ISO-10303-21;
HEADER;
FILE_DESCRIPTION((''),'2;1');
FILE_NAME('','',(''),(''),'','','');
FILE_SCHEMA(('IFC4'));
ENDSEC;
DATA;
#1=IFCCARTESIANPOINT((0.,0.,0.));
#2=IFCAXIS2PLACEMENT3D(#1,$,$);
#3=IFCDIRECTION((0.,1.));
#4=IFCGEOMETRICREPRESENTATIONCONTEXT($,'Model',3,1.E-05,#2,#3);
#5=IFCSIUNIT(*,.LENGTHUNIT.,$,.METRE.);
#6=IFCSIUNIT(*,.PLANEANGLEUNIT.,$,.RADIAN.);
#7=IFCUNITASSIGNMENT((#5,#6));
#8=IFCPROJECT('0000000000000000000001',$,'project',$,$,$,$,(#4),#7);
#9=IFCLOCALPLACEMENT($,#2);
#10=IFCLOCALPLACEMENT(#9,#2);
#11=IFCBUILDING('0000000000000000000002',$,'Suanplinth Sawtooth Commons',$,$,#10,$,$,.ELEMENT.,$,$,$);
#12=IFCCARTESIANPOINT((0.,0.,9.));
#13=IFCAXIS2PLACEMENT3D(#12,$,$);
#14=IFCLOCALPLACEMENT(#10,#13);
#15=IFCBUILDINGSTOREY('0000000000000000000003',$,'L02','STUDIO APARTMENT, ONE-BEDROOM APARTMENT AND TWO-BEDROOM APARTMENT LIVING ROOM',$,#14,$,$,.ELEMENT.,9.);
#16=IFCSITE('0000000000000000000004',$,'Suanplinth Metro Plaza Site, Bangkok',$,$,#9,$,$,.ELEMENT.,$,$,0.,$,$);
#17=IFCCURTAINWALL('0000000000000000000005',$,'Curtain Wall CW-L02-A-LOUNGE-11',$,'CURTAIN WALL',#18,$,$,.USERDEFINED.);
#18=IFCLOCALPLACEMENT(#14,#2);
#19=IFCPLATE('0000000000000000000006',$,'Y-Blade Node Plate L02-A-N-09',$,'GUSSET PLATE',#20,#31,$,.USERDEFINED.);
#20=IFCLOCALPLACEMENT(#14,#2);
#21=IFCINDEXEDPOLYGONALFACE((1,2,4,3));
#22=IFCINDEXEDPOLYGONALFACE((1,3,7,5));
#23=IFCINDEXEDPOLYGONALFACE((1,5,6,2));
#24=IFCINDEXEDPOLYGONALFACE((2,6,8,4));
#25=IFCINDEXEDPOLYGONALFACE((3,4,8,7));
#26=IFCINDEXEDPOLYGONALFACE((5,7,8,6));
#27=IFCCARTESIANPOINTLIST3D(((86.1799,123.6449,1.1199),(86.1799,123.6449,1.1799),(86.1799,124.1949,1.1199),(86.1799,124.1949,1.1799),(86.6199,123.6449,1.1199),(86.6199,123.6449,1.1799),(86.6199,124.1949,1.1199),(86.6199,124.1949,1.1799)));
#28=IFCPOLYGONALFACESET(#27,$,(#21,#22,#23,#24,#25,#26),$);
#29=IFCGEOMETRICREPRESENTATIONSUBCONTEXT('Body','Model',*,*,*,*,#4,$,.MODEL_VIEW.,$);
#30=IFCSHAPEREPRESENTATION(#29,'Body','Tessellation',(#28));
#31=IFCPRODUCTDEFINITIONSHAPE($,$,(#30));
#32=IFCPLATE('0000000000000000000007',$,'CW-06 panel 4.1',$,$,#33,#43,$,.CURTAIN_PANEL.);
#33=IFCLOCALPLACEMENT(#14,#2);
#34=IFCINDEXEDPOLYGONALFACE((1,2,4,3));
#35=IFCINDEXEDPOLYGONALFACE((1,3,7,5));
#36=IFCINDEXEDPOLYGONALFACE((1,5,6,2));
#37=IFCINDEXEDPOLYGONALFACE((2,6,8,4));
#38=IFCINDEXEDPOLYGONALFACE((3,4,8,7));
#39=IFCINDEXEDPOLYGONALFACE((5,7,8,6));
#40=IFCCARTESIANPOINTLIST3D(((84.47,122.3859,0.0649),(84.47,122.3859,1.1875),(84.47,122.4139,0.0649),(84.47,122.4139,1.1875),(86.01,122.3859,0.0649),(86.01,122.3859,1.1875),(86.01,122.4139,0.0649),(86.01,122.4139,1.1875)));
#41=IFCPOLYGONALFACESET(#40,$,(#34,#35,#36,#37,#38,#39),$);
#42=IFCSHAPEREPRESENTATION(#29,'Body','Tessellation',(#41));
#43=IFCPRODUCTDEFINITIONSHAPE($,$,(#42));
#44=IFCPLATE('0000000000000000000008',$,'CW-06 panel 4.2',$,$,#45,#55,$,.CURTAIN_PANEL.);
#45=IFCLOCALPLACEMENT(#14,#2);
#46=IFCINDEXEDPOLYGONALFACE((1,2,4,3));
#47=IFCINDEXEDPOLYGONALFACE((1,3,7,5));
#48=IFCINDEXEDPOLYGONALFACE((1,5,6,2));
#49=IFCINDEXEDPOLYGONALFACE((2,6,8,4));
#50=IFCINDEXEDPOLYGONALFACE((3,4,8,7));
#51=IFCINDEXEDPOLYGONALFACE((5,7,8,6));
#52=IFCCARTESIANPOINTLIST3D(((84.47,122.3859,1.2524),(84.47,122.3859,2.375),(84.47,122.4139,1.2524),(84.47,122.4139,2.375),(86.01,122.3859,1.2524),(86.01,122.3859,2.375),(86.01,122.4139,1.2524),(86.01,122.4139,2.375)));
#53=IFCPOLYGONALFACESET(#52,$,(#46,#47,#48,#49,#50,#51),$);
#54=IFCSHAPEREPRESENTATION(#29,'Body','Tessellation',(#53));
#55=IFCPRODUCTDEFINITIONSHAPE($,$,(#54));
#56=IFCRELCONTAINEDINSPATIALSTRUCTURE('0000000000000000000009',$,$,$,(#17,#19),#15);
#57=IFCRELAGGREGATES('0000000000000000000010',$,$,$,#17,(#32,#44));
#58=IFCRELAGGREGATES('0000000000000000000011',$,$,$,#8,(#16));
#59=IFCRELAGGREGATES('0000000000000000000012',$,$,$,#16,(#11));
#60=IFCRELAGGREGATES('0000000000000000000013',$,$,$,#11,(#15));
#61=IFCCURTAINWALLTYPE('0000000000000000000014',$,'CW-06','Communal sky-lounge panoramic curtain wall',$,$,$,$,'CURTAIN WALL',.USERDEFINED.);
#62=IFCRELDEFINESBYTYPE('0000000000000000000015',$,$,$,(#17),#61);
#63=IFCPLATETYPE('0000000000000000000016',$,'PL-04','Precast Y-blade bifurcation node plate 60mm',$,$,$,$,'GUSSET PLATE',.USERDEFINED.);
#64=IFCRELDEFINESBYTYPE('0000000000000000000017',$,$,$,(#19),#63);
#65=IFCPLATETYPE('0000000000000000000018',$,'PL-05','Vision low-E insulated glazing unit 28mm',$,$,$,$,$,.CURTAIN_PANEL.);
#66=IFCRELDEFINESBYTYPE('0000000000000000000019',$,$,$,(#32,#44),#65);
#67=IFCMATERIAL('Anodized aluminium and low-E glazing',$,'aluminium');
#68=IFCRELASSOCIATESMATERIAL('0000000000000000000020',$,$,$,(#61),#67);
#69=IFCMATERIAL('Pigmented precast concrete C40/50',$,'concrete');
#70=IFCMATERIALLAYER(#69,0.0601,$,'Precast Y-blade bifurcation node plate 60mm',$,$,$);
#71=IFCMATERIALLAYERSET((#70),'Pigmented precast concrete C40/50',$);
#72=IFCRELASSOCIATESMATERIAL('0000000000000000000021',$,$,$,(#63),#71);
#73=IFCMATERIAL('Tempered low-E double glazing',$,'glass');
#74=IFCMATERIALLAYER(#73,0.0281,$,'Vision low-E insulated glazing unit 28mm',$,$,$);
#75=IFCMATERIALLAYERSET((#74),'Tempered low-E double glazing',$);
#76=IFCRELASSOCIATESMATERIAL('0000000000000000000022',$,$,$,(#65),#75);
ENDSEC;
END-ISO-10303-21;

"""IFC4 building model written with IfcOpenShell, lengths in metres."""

from ifc_helpers import new_model, si_unit, direction, frame, origin, origin_2d, place, context, subcontext, project, spatial, rectangle, extrude, material, layer, layer_set, type_object, element, aggregate, save


model = new_model("IFC4")

# Units and contexts
model_context = context("Model", 3, precision=1e-05, world=origin(), true_north=direction((0.0, 1.0)))
body_context = subcontext(model_context, "Body", "Model", "MODEL_VIEW")
ifc_project = project(units=[si_unit("LENGTHUNIT", "METRE"), si_unit("PLANEANGLEUNIT", "RADIAN")], contexts=[model_context])

# Site, building, storey
site_placement = place(None, origin())
site = spatial("IfcSite", under=ifc_project, at=site_placement, Name="Suanplinth Metro Plaza Site, Bangkok", CompositionType="ELEMENT", RefElevation=0.0)
building_placement = place(site_placement, origin())
building = spatial("IfcBuilding", under=site, at=building_placement, Name="Suanplinth Sawtooth Commons", CompositionType="ELEMENT")
storey_placement = place(building_placement, frame((0.0, 0.0, 9.0)))
storey = spatial("IfcBuildingStorey", under=building, at=storey_placement, Name="L02", Description="STUDIO APARTMENT, ONE-BEDROOM APARTMENT AND TWO-BEDROOM APARTMENT LIVING ROOM", CompositionType="ELEMENT", Elevation=9.0)

# Shared definitions
ifc_material_1 = material(Name="Pigmented precast concrete C40/50", Category="concrete")

# Curtain wall
ifc_material_2 = material(Name="Anodized aluminium and low-E glazing", Category="aluminium")
curtain_wall_type = type_object("IfcCurtainWallType", Name="CW-06", Description="Communal sky-lounge panoramic curtain wall", ElementType="CURTAIN WALL", PredefinedType="USERDEFINED", material=ifc_material_2)
curtain_wall_placement = place(storey_placement, origin())
curtain_wall = element("IfcCurtainWall", 1, at=curtain_wall_placement, inside=storey, type_object=curtain_wall_type, Name="Curtain Wall CW-L02-A-LOUNGE-11", ObjectType="CURTAIN WALL", PredefinedType="USERDEFINED")

# Plates
ifc_layer_1 = layer(ifc_material_1, 0.0601, Name="Precast Y-blade bifurcation node plate 60mm")
ifc_layer_set_1 = layer_set([ifc_layer_1], Name="Pigmented precast concrete C40/50")
plate_type_1 = type_object("IfcPlateType", Name="PL-04", Description="Precast Y-blade bifurcation node plate 60mm", ElementType="GUSSET PLATE", PredefinedType="USERDEFINED", material=ifc_layer_set_1)
plate_1_placement = place(storey_placement, frame((86.3999, 123.9199, 1.1199), z_axis=(0.0, 0.0, 1.0), x_axis=(1.0, 0.0, 0.0)))
element("IfcPlate", 2, at=plate_1_placement, inside=storey, type_object=plate_type_1, Name="Y-Blade Node Plate L02-A-N-09", ObjectType="GUSSET PLATE", PredefinedType="USERDEFINED", context=body_context, shape_type="SweptSolid", body=[
    extrude(rectangle(XDim=0.4399, YDim=0.55, at=origin_2d()), origin(), (0.0, 0.0, 1.0), 0.0601),
])
ifc_material_3 = material(Name="Tempered low-E double glazing", Category="glass")
ifc_layer_2 = layer(ifc_material_3, 0.0281, Name="Vision low-E insulated glazing unit 28mm")
ifc_layer_set_2 = layer_set([ifc_layer_2], Name="Tempered low-E double glazing")
plate_type_2 = type_object("IfcPlateType", Name="PL-05", Description="Vision low-E insulated glazing unit 28mm", PredefinedType="CURTAIN_PANEL", material=ifc_layer_set_2)
plate_2_placement = place(storey_placement, frame((85.24, 122.3999, 0.0649), z_axis=(0.0, 0.0, 1.0), x_axis=(1.0, 0.0, 0.0)))
plate_2 = element("IfcPlate", 3, at=plate_2_placement, type_object=plate_type_2, Name="CW-06 panel 4.1", PredefinedType="CURTAIN_PANEL", context=body_context, shape_type="SweptSolid", body=[
    extrude(rectangle(XDim=1.54, YDim=0.0281, at=origin_2d()), origin(), (0.0, 0.0, 1.0), 1.1226),
])
plate_3_placement = place(storey_placement, frame((85.24, 122.3999, 1.2524), z_axis=(0.0, 0.0, 1.0), x_axis=(1.0, 0.0, 0.0)))
plate_3 = element("IfcPlate", 4, at=plate_3_placement, type_object=plate_type_2, Name="CW-06 panel 4.2", PredefinedType="CURTAIN_PANEL", context=body_context, shape_type="SweptSolid", body=[
    extrude(rectangle(XDim=1.54, YDim=0.0281, at=origin_2d()), origin(), (0.0, 0.0, 1.0), 1.1226),
])
aggregate(curtain_wall, [plate_2, plate_3])

save(model, "model.ifc")
